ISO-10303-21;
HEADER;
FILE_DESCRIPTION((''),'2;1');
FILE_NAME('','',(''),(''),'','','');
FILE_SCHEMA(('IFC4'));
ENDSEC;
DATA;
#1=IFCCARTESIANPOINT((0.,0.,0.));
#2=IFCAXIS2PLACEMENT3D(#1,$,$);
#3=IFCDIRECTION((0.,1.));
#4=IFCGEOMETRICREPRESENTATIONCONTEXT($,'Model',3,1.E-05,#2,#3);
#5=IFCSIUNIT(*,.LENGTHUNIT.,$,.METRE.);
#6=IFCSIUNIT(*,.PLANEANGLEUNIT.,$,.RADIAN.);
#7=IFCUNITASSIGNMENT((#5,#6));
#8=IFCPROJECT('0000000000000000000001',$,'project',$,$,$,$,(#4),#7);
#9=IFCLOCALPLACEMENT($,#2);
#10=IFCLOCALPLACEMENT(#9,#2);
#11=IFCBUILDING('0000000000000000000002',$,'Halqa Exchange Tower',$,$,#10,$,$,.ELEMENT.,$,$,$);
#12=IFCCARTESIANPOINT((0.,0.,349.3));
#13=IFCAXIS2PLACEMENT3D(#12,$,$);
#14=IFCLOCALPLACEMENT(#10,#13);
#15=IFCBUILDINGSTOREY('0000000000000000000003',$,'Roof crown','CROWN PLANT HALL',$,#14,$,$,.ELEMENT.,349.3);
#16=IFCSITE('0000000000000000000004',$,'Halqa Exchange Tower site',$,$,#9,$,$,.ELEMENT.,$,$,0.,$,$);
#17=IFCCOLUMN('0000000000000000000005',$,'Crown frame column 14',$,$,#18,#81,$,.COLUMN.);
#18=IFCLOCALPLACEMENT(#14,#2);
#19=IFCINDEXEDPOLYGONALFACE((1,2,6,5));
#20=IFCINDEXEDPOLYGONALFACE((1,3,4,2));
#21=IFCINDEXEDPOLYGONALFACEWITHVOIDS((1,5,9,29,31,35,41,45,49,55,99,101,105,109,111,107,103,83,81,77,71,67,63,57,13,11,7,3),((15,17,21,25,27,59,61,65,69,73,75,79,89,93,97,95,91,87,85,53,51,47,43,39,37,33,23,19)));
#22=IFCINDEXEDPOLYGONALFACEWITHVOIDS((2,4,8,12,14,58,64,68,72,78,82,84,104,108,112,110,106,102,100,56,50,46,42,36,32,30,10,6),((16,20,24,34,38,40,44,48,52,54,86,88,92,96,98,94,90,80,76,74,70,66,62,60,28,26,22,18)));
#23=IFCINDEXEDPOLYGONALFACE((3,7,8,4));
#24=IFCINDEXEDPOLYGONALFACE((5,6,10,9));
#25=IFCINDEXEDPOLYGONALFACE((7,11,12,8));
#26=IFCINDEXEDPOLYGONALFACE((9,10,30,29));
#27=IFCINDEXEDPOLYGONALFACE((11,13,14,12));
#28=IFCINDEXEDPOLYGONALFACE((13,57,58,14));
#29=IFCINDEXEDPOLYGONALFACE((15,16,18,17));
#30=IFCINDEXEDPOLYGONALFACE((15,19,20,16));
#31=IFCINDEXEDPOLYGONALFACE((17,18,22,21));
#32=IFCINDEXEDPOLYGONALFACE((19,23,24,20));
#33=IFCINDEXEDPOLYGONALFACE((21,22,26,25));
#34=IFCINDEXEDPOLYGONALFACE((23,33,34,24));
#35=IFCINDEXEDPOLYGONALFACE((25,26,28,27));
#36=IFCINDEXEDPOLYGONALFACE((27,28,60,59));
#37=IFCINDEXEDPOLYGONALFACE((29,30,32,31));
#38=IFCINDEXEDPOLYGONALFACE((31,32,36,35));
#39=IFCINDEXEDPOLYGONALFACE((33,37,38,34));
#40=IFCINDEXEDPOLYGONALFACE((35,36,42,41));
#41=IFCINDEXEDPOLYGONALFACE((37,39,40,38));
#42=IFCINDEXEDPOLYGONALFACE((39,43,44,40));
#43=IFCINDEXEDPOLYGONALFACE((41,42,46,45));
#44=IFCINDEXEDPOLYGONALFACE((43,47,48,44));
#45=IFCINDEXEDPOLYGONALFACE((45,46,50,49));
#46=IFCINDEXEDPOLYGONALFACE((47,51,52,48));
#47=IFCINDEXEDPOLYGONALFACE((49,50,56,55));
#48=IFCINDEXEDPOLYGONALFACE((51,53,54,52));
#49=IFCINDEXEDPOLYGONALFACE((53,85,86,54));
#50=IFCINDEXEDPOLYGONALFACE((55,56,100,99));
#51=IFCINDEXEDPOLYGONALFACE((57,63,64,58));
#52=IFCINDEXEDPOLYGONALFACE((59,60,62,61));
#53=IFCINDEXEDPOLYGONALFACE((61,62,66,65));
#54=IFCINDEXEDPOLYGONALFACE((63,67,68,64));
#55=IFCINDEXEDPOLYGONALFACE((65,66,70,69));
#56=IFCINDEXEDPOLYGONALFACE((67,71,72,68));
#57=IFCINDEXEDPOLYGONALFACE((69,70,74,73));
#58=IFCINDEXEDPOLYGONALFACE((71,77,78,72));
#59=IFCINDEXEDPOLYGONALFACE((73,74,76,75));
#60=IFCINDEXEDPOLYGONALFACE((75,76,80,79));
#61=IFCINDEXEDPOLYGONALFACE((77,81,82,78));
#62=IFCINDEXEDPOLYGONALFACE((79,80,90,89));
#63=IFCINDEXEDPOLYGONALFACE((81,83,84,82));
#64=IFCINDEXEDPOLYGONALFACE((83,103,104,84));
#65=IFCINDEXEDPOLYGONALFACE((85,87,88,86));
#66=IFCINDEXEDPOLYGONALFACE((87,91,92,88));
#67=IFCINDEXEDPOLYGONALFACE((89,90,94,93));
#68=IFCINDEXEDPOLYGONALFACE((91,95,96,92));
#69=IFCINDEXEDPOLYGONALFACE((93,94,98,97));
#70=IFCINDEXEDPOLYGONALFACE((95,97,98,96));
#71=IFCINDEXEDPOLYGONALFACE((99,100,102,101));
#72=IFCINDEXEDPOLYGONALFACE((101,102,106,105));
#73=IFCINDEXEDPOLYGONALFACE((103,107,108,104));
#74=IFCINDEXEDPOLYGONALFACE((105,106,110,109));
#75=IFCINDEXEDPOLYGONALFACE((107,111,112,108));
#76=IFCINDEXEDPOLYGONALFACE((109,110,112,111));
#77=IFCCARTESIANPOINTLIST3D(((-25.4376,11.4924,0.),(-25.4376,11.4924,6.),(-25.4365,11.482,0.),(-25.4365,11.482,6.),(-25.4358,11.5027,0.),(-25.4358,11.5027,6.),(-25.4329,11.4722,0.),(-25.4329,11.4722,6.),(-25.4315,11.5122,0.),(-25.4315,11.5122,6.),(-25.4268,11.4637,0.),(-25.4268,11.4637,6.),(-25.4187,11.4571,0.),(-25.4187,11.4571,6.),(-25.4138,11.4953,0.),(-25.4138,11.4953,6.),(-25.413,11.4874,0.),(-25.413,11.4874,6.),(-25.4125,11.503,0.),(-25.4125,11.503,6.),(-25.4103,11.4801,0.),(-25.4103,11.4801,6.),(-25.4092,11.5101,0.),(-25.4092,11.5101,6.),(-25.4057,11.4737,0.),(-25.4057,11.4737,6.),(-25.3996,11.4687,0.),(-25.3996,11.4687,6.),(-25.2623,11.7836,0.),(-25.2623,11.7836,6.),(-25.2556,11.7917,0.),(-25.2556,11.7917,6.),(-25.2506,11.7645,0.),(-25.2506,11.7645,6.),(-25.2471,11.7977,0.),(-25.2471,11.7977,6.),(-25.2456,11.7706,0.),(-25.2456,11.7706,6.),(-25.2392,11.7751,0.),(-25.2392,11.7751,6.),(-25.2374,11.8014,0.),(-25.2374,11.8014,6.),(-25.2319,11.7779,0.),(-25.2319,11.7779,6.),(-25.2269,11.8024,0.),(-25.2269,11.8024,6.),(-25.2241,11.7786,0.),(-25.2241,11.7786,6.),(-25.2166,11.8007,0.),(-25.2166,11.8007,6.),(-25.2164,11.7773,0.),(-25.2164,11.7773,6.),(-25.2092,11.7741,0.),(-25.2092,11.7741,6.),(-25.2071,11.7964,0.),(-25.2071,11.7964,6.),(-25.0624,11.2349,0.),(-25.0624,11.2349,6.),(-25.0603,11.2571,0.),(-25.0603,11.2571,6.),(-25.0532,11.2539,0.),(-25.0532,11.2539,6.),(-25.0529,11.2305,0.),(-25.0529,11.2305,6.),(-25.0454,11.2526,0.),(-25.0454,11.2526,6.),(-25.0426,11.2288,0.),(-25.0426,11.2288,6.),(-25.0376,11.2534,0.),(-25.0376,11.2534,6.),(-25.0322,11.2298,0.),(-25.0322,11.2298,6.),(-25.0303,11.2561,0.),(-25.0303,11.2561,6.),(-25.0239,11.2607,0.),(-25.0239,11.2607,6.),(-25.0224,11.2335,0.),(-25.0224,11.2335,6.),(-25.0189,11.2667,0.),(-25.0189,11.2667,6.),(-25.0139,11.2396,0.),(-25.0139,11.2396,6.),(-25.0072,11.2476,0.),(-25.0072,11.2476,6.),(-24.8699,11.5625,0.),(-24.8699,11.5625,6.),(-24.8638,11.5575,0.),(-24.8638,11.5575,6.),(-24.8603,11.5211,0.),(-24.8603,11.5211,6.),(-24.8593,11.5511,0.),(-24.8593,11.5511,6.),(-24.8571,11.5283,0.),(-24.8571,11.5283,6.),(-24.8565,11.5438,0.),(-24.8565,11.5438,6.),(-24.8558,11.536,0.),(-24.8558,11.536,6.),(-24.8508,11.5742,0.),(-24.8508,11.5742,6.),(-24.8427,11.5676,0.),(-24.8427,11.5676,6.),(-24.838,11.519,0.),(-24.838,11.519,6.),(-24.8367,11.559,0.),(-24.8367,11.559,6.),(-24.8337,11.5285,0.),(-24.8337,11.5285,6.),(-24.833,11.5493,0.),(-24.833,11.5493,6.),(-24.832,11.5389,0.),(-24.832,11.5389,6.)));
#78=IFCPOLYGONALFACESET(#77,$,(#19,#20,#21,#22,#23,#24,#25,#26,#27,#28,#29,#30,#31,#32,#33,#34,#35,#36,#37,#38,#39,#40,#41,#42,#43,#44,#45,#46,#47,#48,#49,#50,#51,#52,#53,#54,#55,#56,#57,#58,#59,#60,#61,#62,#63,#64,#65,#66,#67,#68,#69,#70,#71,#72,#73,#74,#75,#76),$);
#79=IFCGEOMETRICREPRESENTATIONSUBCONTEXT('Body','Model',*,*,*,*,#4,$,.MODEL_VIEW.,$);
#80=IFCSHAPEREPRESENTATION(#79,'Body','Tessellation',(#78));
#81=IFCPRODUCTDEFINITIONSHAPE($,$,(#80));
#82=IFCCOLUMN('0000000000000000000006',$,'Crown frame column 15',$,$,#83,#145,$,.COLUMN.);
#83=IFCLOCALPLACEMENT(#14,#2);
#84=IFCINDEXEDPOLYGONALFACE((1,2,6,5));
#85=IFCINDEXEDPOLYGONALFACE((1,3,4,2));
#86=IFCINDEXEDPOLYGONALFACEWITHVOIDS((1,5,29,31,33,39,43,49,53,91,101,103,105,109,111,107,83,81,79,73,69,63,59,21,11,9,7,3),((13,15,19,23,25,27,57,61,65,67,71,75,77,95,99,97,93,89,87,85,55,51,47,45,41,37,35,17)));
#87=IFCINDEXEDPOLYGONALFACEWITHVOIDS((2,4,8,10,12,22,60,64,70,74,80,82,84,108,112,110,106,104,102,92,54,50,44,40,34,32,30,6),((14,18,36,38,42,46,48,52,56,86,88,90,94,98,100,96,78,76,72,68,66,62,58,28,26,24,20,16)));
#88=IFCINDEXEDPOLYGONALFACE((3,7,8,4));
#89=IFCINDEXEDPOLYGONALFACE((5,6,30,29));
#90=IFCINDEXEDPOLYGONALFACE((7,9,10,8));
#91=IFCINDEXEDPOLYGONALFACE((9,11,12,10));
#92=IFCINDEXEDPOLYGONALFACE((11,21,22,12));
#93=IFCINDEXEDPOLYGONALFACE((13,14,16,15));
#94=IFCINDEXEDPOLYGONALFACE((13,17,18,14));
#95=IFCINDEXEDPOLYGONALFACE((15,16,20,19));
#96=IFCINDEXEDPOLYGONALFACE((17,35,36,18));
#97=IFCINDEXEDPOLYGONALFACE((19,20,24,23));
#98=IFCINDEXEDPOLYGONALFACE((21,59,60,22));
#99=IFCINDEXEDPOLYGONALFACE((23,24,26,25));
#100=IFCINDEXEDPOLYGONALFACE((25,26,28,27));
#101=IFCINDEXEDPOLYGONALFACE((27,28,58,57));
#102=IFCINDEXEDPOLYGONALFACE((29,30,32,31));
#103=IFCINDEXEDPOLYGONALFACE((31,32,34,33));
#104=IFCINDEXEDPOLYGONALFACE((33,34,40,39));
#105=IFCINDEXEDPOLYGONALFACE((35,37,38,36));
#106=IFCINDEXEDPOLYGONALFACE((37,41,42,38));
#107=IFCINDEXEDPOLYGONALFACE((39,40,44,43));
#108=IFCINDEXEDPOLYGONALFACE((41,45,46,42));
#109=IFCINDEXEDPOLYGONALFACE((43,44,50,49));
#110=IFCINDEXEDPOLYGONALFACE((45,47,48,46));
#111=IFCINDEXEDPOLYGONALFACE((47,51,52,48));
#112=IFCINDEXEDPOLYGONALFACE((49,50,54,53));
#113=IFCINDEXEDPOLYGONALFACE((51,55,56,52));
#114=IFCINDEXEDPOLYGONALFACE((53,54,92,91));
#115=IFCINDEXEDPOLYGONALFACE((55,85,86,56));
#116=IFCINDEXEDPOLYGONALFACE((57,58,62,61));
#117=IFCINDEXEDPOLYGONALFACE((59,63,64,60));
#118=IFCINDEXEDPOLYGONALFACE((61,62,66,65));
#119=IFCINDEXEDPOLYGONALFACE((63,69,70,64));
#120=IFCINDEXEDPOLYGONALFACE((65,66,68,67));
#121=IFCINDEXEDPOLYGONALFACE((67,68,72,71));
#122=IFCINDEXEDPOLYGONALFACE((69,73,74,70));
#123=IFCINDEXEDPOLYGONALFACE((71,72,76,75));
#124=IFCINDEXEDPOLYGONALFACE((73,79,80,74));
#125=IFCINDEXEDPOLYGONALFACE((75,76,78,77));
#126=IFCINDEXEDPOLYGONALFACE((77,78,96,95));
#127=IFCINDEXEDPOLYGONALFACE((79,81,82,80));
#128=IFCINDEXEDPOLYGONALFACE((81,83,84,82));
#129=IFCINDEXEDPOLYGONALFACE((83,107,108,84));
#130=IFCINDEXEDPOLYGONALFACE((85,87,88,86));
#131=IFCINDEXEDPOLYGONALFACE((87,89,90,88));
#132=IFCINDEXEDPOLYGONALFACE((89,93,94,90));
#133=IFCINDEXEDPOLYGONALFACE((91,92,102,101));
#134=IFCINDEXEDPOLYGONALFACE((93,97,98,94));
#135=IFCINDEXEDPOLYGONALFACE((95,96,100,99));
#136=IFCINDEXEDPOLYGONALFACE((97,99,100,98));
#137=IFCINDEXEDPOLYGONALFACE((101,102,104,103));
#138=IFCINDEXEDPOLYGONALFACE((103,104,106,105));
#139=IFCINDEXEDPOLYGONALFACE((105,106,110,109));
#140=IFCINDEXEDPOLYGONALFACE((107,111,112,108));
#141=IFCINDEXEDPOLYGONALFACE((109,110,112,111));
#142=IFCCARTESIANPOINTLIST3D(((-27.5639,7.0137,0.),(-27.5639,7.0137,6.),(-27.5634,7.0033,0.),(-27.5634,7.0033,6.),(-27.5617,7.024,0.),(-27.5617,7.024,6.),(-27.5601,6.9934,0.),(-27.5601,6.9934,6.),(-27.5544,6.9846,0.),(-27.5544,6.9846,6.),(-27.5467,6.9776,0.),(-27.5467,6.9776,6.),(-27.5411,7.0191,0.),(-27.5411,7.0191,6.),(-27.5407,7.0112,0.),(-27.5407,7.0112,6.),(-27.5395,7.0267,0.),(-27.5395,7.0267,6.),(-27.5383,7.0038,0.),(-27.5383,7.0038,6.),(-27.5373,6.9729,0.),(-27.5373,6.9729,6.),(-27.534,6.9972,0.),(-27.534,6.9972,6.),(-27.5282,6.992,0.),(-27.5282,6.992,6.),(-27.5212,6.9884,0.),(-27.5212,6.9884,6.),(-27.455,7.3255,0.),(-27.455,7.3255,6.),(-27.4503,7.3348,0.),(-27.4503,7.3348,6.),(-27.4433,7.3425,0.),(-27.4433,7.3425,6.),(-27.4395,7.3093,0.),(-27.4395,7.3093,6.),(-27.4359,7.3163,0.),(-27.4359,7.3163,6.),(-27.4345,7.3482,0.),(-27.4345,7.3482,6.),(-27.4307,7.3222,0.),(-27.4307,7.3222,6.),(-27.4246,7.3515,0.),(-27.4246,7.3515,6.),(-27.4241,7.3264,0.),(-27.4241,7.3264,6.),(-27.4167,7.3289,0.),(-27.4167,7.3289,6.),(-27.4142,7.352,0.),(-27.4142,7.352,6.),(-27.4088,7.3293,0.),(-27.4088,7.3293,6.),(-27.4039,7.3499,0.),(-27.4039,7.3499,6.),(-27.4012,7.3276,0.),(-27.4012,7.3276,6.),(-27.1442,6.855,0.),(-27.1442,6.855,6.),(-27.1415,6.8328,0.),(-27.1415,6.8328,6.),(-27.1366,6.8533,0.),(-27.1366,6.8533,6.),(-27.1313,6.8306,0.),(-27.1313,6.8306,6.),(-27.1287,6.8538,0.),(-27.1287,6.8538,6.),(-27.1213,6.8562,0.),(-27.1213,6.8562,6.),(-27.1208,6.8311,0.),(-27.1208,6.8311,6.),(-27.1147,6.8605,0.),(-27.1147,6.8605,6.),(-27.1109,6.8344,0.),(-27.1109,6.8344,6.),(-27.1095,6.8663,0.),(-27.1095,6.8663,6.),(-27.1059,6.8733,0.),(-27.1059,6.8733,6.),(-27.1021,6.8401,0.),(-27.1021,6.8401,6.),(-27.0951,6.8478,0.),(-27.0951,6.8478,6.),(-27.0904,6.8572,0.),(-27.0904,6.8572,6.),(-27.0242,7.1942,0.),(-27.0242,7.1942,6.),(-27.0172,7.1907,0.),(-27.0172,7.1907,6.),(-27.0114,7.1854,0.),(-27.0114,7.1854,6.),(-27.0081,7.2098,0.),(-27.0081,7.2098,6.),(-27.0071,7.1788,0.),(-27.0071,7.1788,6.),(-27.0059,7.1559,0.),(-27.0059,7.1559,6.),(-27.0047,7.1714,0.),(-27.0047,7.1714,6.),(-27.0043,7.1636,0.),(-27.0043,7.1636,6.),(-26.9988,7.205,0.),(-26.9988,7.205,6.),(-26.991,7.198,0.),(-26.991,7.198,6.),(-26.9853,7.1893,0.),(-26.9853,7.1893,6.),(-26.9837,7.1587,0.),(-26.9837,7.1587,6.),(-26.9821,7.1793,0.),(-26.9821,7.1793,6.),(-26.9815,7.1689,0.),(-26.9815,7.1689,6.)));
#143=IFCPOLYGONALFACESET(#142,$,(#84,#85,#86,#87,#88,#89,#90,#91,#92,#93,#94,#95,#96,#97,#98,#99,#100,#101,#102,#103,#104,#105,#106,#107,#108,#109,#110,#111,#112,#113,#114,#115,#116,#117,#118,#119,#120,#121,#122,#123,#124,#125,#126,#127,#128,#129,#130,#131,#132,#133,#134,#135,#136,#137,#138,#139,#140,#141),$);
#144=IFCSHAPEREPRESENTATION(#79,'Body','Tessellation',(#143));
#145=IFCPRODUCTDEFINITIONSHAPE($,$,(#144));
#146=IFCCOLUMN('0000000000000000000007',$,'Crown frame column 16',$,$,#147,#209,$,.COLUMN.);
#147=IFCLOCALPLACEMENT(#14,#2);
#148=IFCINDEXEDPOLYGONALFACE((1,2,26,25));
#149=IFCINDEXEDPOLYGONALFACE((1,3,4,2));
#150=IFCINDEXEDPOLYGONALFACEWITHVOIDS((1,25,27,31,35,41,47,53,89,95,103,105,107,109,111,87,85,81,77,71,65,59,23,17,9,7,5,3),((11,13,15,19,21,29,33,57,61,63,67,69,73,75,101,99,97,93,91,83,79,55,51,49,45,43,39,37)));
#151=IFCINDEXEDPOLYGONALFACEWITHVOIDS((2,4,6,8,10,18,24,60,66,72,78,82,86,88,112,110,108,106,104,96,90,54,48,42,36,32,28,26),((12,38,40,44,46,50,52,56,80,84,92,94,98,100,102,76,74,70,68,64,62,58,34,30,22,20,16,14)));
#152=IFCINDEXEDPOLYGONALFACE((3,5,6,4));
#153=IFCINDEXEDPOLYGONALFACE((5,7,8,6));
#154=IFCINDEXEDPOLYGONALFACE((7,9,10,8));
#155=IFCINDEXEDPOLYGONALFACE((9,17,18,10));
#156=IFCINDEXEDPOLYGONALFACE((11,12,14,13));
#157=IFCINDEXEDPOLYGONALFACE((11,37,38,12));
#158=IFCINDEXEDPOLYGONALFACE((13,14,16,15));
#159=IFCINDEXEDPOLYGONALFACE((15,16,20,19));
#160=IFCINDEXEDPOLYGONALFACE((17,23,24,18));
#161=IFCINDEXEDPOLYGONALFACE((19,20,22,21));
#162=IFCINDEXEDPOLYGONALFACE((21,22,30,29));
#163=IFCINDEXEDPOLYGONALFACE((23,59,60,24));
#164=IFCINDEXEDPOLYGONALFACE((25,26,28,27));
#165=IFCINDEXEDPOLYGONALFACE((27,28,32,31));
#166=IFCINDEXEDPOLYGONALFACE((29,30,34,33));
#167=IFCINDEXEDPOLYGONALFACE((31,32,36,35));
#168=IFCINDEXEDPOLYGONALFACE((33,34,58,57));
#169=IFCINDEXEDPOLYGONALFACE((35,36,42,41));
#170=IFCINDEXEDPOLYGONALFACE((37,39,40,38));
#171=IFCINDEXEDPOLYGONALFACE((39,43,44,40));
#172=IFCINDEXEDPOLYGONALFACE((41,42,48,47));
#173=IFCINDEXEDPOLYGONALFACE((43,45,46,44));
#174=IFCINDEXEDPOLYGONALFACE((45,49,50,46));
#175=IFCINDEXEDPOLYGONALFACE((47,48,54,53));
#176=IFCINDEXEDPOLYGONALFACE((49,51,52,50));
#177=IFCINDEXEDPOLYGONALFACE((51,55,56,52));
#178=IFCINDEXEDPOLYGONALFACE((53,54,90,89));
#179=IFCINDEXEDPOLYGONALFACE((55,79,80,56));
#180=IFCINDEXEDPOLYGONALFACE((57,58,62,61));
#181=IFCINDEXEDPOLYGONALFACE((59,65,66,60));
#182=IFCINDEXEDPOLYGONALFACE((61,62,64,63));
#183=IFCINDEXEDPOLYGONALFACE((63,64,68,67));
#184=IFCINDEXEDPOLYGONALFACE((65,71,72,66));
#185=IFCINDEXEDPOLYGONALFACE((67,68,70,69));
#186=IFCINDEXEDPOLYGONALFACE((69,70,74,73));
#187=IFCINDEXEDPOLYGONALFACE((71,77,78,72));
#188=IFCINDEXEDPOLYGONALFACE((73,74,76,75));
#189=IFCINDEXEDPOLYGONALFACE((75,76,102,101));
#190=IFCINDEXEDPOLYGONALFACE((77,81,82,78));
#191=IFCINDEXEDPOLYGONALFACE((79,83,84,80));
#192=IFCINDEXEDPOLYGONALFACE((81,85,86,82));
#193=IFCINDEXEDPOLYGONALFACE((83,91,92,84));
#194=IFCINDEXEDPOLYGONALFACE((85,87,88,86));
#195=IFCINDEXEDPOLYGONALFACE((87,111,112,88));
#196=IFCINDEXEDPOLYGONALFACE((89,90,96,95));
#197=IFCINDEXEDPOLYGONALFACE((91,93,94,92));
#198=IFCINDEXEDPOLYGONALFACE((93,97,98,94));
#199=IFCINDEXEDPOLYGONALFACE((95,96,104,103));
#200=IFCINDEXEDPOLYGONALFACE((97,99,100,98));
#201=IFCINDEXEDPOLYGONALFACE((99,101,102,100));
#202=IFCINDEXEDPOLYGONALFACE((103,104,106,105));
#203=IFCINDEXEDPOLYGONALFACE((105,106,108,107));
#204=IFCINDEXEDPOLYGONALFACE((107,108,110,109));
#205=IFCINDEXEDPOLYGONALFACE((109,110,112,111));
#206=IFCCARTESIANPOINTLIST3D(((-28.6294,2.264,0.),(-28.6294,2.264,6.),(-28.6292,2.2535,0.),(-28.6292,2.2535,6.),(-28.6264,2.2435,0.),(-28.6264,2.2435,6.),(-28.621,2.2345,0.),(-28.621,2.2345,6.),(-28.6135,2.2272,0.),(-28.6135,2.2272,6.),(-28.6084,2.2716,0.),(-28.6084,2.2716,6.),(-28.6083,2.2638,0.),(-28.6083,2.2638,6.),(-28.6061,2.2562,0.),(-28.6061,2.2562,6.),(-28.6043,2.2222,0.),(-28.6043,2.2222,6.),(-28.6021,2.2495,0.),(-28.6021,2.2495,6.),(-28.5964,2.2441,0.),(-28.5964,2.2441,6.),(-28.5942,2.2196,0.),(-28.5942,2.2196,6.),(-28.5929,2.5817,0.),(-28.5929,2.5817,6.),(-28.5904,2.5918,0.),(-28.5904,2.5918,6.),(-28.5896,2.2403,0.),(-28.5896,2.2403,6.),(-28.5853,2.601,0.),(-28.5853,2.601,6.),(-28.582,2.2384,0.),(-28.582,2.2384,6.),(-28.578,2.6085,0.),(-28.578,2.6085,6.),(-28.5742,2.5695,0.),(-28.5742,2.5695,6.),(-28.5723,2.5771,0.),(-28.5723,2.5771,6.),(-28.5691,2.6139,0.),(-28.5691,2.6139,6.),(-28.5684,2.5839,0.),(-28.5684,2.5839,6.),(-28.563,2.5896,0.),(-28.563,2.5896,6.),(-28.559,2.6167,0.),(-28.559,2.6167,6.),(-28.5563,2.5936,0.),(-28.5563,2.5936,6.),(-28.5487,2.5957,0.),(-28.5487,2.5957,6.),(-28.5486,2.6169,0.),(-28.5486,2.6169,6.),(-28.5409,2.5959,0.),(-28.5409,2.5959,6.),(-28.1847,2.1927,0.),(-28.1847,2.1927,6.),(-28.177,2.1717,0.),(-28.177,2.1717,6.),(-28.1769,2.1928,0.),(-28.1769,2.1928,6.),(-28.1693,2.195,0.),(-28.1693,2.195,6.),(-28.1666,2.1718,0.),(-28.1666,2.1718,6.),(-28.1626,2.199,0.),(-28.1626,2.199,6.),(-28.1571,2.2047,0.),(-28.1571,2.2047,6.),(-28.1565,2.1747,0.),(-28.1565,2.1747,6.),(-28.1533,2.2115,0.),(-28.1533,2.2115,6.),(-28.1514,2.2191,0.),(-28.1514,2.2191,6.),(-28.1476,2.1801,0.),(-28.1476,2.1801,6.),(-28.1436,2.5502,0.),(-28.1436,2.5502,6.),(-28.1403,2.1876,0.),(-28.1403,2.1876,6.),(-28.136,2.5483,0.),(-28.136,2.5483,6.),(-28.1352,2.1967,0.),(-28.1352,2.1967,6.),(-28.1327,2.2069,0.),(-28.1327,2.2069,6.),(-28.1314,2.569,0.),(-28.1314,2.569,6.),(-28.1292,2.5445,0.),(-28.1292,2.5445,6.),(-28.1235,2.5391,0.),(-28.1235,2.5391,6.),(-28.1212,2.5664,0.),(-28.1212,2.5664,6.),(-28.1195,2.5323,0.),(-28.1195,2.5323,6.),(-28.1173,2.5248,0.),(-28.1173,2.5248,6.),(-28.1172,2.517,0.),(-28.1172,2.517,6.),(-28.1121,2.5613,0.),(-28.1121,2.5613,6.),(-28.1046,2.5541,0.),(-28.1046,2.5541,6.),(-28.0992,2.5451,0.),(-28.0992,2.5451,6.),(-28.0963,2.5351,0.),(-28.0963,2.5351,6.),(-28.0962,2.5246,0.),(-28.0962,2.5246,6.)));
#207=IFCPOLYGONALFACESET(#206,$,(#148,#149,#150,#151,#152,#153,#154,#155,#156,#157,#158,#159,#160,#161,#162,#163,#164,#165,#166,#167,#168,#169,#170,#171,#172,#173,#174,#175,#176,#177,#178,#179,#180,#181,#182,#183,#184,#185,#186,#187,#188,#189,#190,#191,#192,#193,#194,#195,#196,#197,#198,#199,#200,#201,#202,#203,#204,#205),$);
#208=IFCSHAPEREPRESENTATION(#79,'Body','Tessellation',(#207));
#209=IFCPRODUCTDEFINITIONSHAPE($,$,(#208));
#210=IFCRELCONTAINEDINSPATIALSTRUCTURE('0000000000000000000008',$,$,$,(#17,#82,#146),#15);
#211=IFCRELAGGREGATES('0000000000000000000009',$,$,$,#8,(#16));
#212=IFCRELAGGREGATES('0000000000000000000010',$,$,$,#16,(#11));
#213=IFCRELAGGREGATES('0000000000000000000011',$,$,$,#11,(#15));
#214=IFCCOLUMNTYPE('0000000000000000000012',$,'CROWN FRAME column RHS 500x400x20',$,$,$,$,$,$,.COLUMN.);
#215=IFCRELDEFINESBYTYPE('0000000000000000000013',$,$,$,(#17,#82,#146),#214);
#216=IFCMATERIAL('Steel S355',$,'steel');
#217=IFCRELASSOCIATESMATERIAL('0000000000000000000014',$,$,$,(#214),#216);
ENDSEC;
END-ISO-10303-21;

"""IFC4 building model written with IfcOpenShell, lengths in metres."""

from ifc_helpers import new_model, si_unit, direction, frame, origin, origin_2d, place, context, subcontext, project, spatial, hollow_rectangle, extrude, material, material_profile, profile_set, type_object, element, save


model = new_model("IFC4")

# Units and contexts
model_context = context("Model", 3, precision=1e-05, world=origin(), true_north=direction((0.0, 1.0)))
body_context = subcontext(model_context, "Body", "Model", "MODEL_VIEW")
ifc_project = project(units=[si_unit("LENGTHUNIT", "METRE"), si_unit("PLANEANGLEUNIT", "RADIAN")], contexts=[model_context])

# Site, building, storey
site_placement = place(None, origin())
site = spatial("IfcSite", under=ifc_project, at=site_placement, Name="Halqa Exchange Tower site", CompositionType="ELEMENT", RefElevation=0.0)
building_placement = place(site_placement, origin())
building = spatial("IfcBuilding", under=site, at=building_placement, Name="Halqa Exchange Tower", CompositionType="ELEMENT")
storey_placement = place(building_placement, frame((0.0, 0.0, 349.3)))
storey = spatial("IfcBuildingStorey", under=building, at=storey_placement, Name="Roof crown", Description="CROWN PLANT HALL", CompositionType="ELEMENT", Elevation=349.3)

# Columns
ifc_material_1 = material(Name="Steel S355", Category="steel")
ifc_material_profile_1 = material_profile(ifc_material_1, hollow_rectangle(XDim=0.3999, YDim=0.5, WallThickness=0.02, InnerFilletRadius=0.03, OuterFilletRadius=0.04, at=origin_2d()), Name="RHS 500x400x20")
ifc_profile_set_1 = profile_set([ifc_material_profile_1], Name="Steel S355")
column_type = type_object("IfcColumnType", Name="CROWN FRAME column RHS 500x400x20", PredefinedType="COLUMN", material=ifc_profile_set_1)
for number, where, z_axis, x_axis, name in (
    (1, (-25.1348, 11.5156, 0.0), (0.0, 0.0, 1.0), (-0.52914, -0.848534, 0.0), "Crown frame column 14"),
    (2, (-27.2727, 7.0913, 0.0), (0.0, 0.0, 1.0), (-0.333624, -0.942706, 0.0), "Crown frame column 15"),
    (3, (-28.3628, 2.3943, 0.0), (0.0, 0.0, 1.0), (-0.11416, -0.993462, 0.0), "Crown frame column 16"),
):
    element("IfcColumn", number, at=place(storey_placement, frame(where, z_axis=z_axis, x_axis=x_axis)), inside=storey, type_object=column_type, Name=name, PredefinedType="COLUMN", context=body_context, shape_type="SweptSolid", body=[
        extrude(hollow_rectangle(XDim=0.3999, YDim=0.5, WallThickness=0.02, InnerFilletRadius=0.03, OuterFilletRadius=0.04, at=origin_2d()), origin(), (0.0, 0.0, 1.0), 6.0),
    ])

save(model, "model.ifc")
